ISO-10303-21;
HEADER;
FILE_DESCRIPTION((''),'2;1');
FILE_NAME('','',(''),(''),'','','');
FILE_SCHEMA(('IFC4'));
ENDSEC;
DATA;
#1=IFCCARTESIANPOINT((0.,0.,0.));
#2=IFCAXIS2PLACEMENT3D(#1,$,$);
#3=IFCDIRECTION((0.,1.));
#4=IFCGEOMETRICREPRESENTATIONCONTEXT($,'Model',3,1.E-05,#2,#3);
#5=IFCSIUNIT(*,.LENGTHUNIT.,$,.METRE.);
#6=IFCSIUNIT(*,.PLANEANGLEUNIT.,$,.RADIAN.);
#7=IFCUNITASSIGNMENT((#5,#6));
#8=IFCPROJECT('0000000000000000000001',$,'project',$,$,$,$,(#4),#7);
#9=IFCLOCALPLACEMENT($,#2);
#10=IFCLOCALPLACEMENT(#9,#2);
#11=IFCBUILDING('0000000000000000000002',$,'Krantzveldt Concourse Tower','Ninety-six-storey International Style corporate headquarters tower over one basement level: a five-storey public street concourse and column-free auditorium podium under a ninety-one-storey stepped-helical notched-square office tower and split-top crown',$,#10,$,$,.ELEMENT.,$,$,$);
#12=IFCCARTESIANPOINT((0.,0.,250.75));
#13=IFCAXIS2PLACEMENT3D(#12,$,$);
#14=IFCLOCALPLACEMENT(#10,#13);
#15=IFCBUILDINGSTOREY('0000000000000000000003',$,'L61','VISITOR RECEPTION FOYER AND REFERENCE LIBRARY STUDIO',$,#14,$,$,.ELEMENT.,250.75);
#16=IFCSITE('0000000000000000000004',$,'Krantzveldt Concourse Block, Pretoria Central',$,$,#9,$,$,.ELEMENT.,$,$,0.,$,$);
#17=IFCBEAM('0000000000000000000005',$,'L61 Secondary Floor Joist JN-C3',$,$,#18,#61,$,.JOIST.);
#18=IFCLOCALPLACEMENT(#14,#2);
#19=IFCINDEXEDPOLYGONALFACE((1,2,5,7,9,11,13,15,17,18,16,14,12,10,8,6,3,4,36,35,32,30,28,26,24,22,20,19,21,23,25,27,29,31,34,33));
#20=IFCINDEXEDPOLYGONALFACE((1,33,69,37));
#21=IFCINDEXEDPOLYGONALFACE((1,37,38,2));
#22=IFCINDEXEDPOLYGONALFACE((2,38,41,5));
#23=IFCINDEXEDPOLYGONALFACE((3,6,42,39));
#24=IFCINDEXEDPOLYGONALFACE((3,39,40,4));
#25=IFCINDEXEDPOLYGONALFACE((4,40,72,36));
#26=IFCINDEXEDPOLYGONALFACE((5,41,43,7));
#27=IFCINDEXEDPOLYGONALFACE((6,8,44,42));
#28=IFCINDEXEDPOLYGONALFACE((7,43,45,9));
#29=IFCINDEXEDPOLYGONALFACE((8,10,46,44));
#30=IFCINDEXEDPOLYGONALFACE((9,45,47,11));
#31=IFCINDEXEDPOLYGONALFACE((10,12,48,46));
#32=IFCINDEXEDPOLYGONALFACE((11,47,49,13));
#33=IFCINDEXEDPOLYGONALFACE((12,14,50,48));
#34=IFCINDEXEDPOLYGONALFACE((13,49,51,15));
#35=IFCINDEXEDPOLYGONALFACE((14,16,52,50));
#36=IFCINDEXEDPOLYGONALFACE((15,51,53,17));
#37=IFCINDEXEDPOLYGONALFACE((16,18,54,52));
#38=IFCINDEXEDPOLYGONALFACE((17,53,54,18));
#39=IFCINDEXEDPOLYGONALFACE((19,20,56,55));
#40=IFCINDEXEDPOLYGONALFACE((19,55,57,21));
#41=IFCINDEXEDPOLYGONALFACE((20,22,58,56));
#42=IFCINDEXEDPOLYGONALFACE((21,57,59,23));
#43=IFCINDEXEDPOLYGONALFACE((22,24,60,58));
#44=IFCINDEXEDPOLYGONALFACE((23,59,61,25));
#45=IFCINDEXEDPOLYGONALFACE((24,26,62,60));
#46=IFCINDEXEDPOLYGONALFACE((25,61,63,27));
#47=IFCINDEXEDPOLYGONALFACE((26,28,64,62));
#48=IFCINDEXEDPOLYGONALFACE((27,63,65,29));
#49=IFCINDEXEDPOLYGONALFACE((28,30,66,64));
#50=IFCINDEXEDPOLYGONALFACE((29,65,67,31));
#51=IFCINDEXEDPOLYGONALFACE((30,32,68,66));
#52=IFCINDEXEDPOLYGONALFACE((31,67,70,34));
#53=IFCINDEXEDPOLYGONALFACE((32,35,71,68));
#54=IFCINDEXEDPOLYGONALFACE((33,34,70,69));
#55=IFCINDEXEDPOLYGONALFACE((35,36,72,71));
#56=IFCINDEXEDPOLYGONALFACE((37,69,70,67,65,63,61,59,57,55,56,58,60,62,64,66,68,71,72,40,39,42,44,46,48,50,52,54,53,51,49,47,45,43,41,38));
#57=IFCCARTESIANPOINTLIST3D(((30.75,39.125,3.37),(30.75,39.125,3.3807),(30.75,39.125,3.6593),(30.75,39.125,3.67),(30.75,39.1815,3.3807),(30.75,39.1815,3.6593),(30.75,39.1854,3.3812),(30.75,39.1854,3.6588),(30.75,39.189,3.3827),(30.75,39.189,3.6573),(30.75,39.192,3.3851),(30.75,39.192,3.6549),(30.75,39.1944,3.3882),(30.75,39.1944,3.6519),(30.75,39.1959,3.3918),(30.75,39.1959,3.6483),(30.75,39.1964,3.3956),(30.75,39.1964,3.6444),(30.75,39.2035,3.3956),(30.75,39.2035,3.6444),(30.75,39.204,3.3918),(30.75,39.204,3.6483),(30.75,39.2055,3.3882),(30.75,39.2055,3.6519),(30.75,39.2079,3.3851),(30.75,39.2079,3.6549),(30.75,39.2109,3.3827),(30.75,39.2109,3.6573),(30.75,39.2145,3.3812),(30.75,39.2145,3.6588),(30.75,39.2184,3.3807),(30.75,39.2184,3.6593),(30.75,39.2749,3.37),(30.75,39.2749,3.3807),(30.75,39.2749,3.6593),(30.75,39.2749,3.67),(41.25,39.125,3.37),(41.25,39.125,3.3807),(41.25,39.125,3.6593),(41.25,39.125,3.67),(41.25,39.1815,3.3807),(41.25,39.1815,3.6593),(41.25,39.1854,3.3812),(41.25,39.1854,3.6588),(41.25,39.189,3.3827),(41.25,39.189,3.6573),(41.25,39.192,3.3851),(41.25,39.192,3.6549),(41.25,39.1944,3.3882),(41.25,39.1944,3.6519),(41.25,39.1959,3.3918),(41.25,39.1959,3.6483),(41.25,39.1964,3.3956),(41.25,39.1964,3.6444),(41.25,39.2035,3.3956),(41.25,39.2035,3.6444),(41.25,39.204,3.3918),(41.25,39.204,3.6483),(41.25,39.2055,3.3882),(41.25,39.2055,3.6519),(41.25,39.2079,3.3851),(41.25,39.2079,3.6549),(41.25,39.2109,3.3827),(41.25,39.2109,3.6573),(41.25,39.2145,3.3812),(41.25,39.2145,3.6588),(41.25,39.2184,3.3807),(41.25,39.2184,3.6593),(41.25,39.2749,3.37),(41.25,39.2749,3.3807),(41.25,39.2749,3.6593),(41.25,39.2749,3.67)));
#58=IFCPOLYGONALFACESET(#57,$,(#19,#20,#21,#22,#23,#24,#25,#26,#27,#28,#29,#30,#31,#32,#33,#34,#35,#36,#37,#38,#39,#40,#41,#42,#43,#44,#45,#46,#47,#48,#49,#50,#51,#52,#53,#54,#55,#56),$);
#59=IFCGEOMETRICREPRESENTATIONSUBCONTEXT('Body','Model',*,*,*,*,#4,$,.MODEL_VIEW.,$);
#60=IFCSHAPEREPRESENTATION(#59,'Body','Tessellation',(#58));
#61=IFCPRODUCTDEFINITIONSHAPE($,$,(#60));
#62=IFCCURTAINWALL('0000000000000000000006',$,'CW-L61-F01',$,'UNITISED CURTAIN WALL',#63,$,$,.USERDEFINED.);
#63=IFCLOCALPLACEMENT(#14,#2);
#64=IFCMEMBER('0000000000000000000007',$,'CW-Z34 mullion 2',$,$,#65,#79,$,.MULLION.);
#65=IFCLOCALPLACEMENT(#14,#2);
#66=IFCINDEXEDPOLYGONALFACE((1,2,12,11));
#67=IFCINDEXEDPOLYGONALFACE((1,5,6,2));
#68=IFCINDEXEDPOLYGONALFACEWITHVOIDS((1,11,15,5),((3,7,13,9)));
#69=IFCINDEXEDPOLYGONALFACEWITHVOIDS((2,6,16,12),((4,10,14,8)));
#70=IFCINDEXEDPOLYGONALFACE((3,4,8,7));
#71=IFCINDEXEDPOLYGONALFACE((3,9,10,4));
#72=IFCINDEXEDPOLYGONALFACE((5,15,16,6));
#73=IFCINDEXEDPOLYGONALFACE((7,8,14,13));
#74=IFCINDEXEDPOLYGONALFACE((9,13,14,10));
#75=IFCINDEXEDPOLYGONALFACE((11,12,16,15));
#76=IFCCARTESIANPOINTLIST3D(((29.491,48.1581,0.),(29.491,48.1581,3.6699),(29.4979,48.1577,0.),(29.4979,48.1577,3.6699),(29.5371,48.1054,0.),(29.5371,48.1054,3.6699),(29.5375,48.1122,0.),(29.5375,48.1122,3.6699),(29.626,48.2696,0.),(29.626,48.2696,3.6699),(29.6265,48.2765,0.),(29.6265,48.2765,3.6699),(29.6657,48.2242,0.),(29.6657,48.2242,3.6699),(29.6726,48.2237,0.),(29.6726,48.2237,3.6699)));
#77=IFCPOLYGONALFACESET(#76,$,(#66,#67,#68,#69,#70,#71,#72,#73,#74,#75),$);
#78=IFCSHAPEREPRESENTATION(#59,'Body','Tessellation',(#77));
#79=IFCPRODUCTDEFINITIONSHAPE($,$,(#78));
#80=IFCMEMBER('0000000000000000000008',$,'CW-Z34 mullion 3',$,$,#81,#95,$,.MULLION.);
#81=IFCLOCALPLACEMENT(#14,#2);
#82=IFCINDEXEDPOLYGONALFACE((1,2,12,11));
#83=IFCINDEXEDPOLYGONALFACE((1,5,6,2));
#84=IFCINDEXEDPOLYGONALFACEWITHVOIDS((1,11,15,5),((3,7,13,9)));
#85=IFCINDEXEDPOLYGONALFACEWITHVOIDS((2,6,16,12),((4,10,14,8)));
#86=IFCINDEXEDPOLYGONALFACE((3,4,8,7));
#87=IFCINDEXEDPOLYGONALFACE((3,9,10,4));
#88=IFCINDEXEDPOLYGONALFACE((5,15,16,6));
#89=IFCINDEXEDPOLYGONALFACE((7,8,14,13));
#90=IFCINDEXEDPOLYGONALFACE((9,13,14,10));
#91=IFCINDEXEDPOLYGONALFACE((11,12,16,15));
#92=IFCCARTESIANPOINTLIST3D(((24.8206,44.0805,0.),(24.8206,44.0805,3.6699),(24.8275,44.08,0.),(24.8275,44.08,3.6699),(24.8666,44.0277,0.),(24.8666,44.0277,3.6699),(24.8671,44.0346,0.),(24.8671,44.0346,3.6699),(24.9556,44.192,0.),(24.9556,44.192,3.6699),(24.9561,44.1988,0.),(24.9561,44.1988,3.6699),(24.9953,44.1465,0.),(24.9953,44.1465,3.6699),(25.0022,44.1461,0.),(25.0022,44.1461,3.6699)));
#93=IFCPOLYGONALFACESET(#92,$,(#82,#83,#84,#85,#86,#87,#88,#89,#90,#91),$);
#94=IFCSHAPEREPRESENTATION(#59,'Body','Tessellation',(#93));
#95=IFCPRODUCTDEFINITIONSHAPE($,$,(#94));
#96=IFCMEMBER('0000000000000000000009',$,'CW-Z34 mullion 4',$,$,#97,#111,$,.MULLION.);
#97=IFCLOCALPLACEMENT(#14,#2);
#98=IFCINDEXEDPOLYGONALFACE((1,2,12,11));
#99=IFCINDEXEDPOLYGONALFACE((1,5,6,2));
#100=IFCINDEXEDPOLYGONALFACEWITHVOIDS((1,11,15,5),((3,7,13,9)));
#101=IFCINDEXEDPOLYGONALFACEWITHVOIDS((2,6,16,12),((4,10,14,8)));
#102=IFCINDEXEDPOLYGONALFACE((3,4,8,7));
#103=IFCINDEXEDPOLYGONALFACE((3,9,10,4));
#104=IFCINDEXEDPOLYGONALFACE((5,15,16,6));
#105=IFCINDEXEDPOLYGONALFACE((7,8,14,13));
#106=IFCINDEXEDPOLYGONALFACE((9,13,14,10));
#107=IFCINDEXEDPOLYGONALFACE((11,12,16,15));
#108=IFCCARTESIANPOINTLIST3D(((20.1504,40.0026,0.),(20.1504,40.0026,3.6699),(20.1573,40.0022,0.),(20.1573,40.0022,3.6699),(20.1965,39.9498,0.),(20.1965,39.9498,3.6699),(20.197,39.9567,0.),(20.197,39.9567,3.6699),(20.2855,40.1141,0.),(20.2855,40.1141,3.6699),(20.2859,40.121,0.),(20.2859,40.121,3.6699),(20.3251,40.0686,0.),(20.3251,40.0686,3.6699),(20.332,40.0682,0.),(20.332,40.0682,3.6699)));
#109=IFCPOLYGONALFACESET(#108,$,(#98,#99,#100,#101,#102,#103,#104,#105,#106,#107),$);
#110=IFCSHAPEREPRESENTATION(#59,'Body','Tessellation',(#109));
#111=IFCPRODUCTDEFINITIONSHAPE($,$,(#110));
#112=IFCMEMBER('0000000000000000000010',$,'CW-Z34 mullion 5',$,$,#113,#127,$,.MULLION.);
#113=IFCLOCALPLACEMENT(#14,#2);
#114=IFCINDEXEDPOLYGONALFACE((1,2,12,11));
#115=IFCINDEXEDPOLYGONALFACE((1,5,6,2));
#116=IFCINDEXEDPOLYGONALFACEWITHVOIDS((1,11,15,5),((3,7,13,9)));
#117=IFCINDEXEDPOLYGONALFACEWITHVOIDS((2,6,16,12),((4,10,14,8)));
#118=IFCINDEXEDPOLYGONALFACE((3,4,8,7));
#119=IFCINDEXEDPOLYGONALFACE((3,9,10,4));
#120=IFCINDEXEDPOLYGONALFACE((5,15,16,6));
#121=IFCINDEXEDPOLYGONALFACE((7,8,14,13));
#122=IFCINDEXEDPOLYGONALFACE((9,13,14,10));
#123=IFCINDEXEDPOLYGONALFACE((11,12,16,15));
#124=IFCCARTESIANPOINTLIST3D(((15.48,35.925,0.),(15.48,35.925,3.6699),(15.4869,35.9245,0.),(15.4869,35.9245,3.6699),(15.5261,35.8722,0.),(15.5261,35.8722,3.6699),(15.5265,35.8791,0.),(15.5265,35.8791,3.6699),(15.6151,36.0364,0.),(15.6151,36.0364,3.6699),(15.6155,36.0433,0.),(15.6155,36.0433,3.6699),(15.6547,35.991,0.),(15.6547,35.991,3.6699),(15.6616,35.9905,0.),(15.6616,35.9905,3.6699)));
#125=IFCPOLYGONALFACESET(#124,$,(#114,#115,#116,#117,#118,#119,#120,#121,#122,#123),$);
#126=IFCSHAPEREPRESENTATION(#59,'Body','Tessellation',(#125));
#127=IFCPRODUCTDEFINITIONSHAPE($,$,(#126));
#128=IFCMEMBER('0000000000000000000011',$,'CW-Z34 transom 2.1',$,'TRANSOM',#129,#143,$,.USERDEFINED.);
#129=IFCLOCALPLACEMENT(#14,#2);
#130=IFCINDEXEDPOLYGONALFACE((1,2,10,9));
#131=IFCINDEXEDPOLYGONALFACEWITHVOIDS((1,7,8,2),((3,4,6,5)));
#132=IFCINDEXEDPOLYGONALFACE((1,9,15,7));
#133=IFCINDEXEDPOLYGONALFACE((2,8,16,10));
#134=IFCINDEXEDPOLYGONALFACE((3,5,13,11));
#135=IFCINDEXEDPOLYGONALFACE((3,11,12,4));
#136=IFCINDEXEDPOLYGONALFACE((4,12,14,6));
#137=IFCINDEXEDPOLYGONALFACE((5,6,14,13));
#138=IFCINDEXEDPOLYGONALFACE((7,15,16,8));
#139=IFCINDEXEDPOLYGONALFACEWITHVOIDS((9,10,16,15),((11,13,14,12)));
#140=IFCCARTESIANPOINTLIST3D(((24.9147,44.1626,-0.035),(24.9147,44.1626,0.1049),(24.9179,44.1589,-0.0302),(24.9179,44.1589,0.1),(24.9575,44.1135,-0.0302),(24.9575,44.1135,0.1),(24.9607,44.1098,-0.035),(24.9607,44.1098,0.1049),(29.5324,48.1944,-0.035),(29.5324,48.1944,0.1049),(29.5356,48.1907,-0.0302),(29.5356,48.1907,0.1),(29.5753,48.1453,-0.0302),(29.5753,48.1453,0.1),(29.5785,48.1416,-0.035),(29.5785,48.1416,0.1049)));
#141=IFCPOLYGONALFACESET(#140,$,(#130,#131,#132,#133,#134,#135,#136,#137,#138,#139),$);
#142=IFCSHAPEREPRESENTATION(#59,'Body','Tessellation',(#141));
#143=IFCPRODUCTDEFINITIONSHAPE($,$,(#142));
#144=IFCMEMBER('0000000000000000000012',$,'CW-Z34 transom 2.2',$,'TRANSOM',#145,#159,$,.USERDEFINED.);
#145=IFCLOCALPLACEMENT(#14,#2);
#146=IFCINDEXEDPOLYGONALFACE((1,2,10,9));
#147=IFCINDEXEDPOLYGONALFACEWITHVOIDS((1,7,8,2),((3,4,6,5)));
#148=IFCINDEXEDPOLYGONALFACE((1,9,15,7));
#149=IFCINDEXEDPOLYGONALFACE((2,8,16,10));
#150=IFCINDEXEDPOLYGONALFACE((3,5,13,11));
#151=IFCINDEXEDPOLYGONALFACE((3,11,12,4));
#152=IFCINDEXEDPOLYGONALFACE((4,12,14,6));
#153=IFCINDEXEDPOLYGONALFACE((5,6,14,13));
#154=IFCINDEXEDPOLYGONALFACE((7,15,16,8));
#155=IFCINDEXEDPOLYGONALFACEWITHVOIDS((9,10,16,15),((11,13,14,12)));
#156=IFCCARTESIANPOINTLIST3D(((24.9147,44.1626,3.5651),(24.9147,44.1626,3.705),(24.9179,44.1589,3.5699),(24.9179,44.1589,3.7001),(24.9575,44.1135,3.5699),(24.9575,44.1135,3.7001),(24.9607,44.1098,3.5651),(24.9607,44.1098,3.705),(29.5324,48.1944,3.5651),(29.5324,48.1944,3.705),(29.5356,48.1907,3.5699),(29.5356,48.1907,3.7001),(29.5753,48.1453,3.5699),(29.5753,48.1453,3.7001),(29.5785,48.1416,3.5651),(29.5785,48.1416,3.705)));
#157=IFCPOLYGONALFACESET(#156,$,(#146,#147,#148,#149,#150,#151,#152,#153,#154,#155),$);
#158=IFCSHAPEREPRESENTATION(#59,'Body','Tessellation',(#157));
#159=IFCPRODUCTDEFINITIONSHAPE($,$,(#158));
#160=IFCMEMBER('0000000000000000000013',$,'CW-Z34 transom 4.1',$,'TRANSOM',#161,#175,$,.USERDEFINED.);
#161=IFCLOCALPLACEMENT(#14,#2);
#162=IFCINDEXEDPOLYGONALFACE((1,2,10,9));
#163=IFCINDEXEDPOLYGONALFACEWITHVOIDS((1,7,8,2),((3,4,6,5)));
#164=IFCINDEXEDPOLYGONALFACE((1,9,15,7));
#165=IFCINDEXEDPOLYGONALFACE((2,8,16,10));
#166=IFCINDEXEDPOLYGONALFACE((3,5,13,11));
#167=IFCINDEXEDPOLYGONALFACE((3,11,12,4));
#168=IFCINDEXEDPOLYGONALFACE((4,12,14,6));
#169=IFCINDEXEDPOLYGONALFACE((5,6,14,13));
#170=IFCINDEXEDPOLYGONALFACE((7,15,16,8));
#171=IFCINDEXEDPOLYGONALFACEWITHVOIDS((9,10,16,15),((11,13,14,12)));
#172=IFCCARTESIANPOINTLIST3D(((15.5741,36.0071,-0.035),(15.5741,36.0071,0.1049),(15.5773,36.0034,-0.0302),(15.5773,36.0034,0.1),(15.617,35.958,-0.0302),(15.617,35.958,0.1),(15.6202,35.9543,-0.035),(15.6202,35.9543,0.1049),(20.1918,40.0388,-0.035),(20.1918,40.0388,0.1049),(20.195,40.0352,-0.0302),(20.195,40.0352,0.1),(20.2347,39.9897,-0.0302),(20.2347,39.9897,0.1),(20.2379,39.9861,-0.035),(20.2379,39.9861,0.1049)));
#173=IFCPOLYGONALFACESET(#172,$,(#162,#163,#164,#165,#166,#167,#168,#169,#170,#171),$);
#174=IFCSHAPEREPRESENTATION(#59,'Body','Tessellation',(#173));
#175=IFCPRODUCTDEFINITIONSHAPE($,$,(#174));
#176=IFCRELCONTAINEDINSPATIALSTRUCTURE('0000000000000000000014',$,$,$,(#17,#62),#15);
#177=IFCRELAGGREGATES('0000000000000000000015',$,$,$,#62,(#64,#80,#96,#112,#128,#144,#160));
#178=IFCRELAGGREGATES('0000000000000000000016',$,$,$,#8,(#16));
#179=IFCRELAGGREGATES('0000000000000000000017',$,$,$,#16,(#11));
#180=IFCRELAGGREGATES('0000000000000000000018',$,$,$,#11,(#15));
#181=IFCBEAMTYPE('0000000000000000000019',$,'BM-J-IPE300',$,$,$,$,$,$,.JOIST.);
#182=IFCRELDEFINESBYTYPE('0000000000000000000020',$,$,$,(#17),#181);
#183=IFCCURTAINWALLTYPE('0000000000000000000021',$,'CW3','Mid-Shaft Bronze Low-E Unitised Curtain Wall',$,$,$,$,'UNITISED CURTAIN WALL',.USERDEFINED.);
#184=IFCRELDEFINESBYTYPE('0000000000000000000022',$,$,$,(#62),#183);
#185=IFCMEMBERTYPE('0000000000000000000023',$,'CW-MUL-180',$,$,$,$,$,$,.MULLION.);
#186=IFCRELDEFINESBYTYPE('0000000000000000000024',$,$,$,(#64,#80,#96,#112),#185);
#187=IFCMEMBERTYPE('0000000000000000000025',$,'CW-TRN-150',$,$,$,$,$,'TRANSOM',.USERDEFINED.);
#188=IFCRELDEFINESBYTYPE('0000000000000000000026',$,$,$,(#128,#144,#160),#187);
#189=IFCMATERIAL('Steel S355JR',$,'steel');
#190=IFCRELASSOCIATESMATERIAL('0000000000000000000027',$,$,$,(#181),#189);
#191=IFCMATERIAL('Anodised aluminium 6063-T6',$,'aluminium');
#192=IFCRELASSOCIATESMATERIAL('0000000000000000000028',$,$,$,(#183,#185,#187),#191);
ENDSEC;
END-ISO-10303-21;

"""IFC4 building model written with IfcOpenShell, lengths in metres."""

from ifc_helpers import new_model, si_unit, direction, frame, origin, origin_2d, place, context, subcontext, project, spatial, hollow_rectangle, i_section, extrude, source, transform, mapped, material, material_profile, profile_set, type_object, type_shapes, element, aggregate, save


model = new_model("IFC4")

# Units and contexts
model_context = context("Model", 3, precision=1e-05, world=origin(), true_north=direction((0.0, 1.0)))
body_context = subcontext(model_context, "Body", "Model", "MODEL_VIEW")
ifc_project = project(units=[si_unit("LENGTHUNIT", "METRE"), si_unit("PLANEANGLEUNIT", "RADIAN")], contexts=[model_context])

# Site, building, storey
site_placement = place(None, origin())
site = spatial("IfcSite", under=ifc_project, at=site_placement, Name="Krantzveldt Concourse Block, Pretoria Central", CompositionType="ELEMENT", RefElevation=0.0)
building_placement = place(site_placement, origin())
building = spatial("IfcBuilding", under=site, at=building_placement, Name="Krantzveldt Concourse Tower", Description="Ninety-six-storey International Style corporate headquarters tower over one basement level: a five-storey public street concourse and column-free auditorium podium under a ninety-one-storey stepped-helical notched-square office tower and split-top crown", CompositionType="ELEMENT")
storey_placement = place(building_placement, frame((0.0, 0.0, 250.75)))
storey = spatial("IfcBuildingStorey", under=building, at=storey_placement, Name="L61", Description="VISITOR RECEPTION FOYER AND REFERENCE LIBRARY STUDIO", CompositionType="ELEMENT", Elevation=250.75)

# Beam
ifc_material_1 = material(Name="Steel S355JR", Category="steel")
ifc_material_profile_1 = material_profile(ifc_material_1, i_section(OverallWidth=0.1499, OverallDepth=0.3, WebThickness=0.0071, FlangeThickness=0.0107, FilletRadius=0.0149, at=origin_2d()), Name="Steel S355JR", Category="steel")
ifc_profile_set_1 = profile_set([ifc_material_profile_1], Name="Steel S355JR - IPE 300")
beam_type_1 = type_object("IfcBeamType", Name="BM-J-IPE300", PredefinedType="JOIST", material=ifc_profile_set_1)
shared_shape_1 = source(origin(), body_context, "Body", "SweptSolid", [
    extrude(i_section(OverallWidth=0.1499, OverallDepth=0.3, WebThickness=0.0071, FlangeThickness=0.0107, FilletRadius=0.0149, at=origin_2d()), origin(), (0.0, 0.0, 1.0), 10.5),
])
type_shapes(beam_type_1, [shared_shape_1])
beam_1_placement = place(storey_placement, frame((30.75, 39.2, 3.52), z_axis=(1.0, 0.0, 0.0), x_axis=(0.0, 1.0, 0.0)))
element("IfcBeam", 1, at=beam_1_placement, inside=storey, type_object=beam_type_1, Name="L61 Secondary Floor Joist JN-C3", PredefinedType="JOIST", context=body_context, shape_type="MappedRepresentation", body=[
    mapped(shared_shape_1, transform((0.0, 0.0, 0.0), x_axis=(1.0, 0.0, 0.0), y_axis=(0.0, 1.0, 0.0), z_axis=(0.0, 0.0, 1.0), scale=1.0)),
])

# Curtain wall, members
ifc_material_2 = material(Name="Anodised aluminium 6063-T6", Category="aluminium")
curtain_wall_type = type_object("IfcCurtainWallType", Name="CW3", Description="Mid-Shaft Bronze Low-E Unitised Curtain Wall", ElementType="UNITISED CURTAIN WALL", PredefinedType="USERDEFINED", material=ifc_material_2)
curtain_wall_placement = place(storey_placement, origin())
curtain_wall = element("IfcCurtainWall", 2, at=curtain_wall_placement, inside=storey, type_object=curtain_wall_type, Name="CW-L61-F01", ObjectType="UNITISED CURTAIN WALL", PredefinedType="USERDEFINED")
ifc_material_profile_2 = material_profile(ifc_material_2, hollow_rectangle(XDim=0.0701, YDim=0.1799, WallThickness=0.0049, at=origin_2d()), Name="Anodised aluminium 6063-T6", Category="aluminium")
ifc_profile_set_2 = profile_set([ifc_material_profile_2], Name="Anodised aluminium 6063-T6 - ALU-MULL 180x70x5")
member_type_1 = type_object("IfcMemberType", Name="CW-MUL-180", PredefinedType="MULLION", material=ifc_profile_set_2)
shared_shape_2 = source(origin(), body_context, "Body", "SweptSolid", [
    extrude(hollow_rectangle(XDim=0.0701, YDim=0.1799, WallThickness=0.0049, at=origin_2d()), origin(), (0.0, 0.0, 1.0), 3.6699),
])
type_shapes(member_type_1, [shared_shape_2])
member_1_placement = place(storey_placement, frame((29.5818, 48.1909, 0.0), z_axis=(0.0, 0.0, 1.0), x_axis=(0.657704, -0.753277, 0.0)))
member_1 = element("IfcMember", 3, at=member_1_placement, type_object=member_type_1, Name="CW-Z34 mullion 2", PredefinedType="MULLION", context=body_context, shape_type="MappedRepresentation", body=[
    mapped(shared_shape_2, transform((0.0, 0.0, 0.0), x_axis=(1.0, 0.0, 0.0), y_axis=(0.0, 1.0, 0.0), z_axis=(0.0, 0.0, 1.0), scale=1.0)),
])
member_2_placement = place(storey_placement, frame((24.9114, 44.1133, 0.0), z_axis=(0.0, 0.0, 1.0), x_axis=(0.657704, -0.753277, 0.0)))
member_2 = element("IfcMember", 4, at=member_2_placement, type_object=member_type_1, Name="CW-Z34 mullion 3", PredefinedType="MULLION", context=body_context, shape_type="MappedRepresentation", body=[
    mapped(shared_shape_2, transform((0.0, 0.0, 0.0), x_axis=(1.0, 0.0, 0.0), y_axis=(0.0, 1.0, 0.0), z_axis=(0.0, 0.0, 1.0), scale=1.0)),
])
member_3_placement = place(storey_placement, frame((20.2412, 40.0354, 0.0), z_axis=(0.0, 0.0, 1.0), x_axis=(0.657704, -0.753277, 0.0)))
member_3 = element("IfcMember", 5, at=member_3_placement, type_object=member_type_1, Name="CW-Z34 mullion 4", PredefinedType="MULLION", context=body_context, shape_type="MappedRepresentation", body=[
    mapped(shared_shape_2, transform((0.0, 0.0, 0.0), x_axis=(1.0, 0.0, 0.0), y_axis=(0.0, 1.0, 0.0), z_axis=(0.0, 0.0, 1.0), scale=1.0)),
])
member_4_placement = place(storey_placement, frame((15.5708, 35.9578, 0.0), z_axis=(0.0, 0.0, 1.0), x_axis=(0.657704, -0.753277, 0.0)))
member_4 = element("IfcMember", 6, at=member_4_placement, type_object=member_type_1, Name="CW-Z34 mullion 5", PredefinedType="MULLION", context=body_context, shape_type="MappedRepresentation", body=[
    mapped(shared_shape_2, transform((0.0, 0.0, 0.0), x_axis=(1.0, 0.0, 0.0), y_axis=(0.0, 1.0, 0.0), z_axis=(0.0, 0.0, 1.0), scale=1.0)),
])
ifc_material_profile_3 = material_profile(ifc_material_2, hollow_rectangle(XDim=0.0701, YDim=0.1399, WallThickness=0.0049, at=origin_2d()), Name="Anodised aluminium 6063-T6", Category="aluminium")
ifc_profile_set_3 = profile_set([ifc_material_profile_3], Name="Anodised aluminium 6063-T6 - ALU-TRAN 140x70x5")
member_type_2 = type_object("IfcMemberType", Name="CW-TRN-150", ElementType="TRANSOM", PredefinedType="USERDEFINED", material=ifc_profile_set_3)
shared_shape_3 = source(origin(), body_context, "Body", "SweptSolid", [
    extrude(hollow_rectangle(XDim=0.0701, YDim=0.1399, WallThickness=0.0049, at=origin_2d()), origin(), (0.0, 0.0, 1.0), 6.1301),
])
member_5_placement = place(storey_placement, frame((29.5554, 48.168, 0.0349), z_axis=(-0.753282, -0.657698, 0.0), x_axis=(0.657698, -0.753282, 0.0)))
member_5 = element("IfcMember", 7, at=member_5_placement, type_object=member_type_2, Name="CW-Z34 transom 2.1", ObjectType="TRANSOM", PredefinedType="USERDEFINED", context=body_context, shape_type="MappedRepresentation", body=[
    mapped(shared_shape_3, transform((0.0, 0.0, 0.0), x_axis=(1.0, 0.0, 0.0), y_axis=(0.0, 1.0, 0.0), z_axis=(0.0, 0.0, 1.0), scale=1.0)),
])
member_6_placement = place(storey_placement, frame((29.5554, 48.168, 3.635), z_axis=(-0.753282, -0.657698, 0.0), x_axis=(0.657698, -0.753282, 0.0)))
member_6 = element("IfcMember", 8, at=member_6_placement, type_object=member_type_2, Name="CW-Z34 transom 2.2", ObjectType="TRANSOM", PredefinedType="USERDEFINED", context=body_context, shape_type="MappedRepresentation", body=[
    mapped(shared_shape_3, transform((0.0, 0.0, 0.0), x_axis=(1.0, 0.0, 0.0), y_axis=(0.0, 1.0, 0.0), z_axis=(0.0, 0.0, 1.0), scale=1.0)),
])
member_7_placement = place(storey_placement, frame((20.2148, 40.0125, 0.0349), z_axis=(-0.753282, -0.657698, 0.0), x_axis=(0.657698, -0.753282, 0.0)))
member_7 = element("IfcMember", 9, at=member_7_placement, type_object=member_type_2, Name="CW-Z34 transom 4.1", ObjectType="TRANSOM", PredefinedType="USERDEFINED", context=body_context, shape_type="MappedRepresentation", body=[
    mapped(shared_shape_3, transform((0.0, 0.0, 0.0), x_axis=(1.0, 0.0, 0.0), y_axis=(0.0, 1.0, 0.0), z_axis=(0.0, 0.0, 1.0), scale=1.0)),
])
aggregate(curtain_wall, [member_1, member_2, member_3, member_4, member_5, member_6, member_7])

save(model, "model.ifc")
